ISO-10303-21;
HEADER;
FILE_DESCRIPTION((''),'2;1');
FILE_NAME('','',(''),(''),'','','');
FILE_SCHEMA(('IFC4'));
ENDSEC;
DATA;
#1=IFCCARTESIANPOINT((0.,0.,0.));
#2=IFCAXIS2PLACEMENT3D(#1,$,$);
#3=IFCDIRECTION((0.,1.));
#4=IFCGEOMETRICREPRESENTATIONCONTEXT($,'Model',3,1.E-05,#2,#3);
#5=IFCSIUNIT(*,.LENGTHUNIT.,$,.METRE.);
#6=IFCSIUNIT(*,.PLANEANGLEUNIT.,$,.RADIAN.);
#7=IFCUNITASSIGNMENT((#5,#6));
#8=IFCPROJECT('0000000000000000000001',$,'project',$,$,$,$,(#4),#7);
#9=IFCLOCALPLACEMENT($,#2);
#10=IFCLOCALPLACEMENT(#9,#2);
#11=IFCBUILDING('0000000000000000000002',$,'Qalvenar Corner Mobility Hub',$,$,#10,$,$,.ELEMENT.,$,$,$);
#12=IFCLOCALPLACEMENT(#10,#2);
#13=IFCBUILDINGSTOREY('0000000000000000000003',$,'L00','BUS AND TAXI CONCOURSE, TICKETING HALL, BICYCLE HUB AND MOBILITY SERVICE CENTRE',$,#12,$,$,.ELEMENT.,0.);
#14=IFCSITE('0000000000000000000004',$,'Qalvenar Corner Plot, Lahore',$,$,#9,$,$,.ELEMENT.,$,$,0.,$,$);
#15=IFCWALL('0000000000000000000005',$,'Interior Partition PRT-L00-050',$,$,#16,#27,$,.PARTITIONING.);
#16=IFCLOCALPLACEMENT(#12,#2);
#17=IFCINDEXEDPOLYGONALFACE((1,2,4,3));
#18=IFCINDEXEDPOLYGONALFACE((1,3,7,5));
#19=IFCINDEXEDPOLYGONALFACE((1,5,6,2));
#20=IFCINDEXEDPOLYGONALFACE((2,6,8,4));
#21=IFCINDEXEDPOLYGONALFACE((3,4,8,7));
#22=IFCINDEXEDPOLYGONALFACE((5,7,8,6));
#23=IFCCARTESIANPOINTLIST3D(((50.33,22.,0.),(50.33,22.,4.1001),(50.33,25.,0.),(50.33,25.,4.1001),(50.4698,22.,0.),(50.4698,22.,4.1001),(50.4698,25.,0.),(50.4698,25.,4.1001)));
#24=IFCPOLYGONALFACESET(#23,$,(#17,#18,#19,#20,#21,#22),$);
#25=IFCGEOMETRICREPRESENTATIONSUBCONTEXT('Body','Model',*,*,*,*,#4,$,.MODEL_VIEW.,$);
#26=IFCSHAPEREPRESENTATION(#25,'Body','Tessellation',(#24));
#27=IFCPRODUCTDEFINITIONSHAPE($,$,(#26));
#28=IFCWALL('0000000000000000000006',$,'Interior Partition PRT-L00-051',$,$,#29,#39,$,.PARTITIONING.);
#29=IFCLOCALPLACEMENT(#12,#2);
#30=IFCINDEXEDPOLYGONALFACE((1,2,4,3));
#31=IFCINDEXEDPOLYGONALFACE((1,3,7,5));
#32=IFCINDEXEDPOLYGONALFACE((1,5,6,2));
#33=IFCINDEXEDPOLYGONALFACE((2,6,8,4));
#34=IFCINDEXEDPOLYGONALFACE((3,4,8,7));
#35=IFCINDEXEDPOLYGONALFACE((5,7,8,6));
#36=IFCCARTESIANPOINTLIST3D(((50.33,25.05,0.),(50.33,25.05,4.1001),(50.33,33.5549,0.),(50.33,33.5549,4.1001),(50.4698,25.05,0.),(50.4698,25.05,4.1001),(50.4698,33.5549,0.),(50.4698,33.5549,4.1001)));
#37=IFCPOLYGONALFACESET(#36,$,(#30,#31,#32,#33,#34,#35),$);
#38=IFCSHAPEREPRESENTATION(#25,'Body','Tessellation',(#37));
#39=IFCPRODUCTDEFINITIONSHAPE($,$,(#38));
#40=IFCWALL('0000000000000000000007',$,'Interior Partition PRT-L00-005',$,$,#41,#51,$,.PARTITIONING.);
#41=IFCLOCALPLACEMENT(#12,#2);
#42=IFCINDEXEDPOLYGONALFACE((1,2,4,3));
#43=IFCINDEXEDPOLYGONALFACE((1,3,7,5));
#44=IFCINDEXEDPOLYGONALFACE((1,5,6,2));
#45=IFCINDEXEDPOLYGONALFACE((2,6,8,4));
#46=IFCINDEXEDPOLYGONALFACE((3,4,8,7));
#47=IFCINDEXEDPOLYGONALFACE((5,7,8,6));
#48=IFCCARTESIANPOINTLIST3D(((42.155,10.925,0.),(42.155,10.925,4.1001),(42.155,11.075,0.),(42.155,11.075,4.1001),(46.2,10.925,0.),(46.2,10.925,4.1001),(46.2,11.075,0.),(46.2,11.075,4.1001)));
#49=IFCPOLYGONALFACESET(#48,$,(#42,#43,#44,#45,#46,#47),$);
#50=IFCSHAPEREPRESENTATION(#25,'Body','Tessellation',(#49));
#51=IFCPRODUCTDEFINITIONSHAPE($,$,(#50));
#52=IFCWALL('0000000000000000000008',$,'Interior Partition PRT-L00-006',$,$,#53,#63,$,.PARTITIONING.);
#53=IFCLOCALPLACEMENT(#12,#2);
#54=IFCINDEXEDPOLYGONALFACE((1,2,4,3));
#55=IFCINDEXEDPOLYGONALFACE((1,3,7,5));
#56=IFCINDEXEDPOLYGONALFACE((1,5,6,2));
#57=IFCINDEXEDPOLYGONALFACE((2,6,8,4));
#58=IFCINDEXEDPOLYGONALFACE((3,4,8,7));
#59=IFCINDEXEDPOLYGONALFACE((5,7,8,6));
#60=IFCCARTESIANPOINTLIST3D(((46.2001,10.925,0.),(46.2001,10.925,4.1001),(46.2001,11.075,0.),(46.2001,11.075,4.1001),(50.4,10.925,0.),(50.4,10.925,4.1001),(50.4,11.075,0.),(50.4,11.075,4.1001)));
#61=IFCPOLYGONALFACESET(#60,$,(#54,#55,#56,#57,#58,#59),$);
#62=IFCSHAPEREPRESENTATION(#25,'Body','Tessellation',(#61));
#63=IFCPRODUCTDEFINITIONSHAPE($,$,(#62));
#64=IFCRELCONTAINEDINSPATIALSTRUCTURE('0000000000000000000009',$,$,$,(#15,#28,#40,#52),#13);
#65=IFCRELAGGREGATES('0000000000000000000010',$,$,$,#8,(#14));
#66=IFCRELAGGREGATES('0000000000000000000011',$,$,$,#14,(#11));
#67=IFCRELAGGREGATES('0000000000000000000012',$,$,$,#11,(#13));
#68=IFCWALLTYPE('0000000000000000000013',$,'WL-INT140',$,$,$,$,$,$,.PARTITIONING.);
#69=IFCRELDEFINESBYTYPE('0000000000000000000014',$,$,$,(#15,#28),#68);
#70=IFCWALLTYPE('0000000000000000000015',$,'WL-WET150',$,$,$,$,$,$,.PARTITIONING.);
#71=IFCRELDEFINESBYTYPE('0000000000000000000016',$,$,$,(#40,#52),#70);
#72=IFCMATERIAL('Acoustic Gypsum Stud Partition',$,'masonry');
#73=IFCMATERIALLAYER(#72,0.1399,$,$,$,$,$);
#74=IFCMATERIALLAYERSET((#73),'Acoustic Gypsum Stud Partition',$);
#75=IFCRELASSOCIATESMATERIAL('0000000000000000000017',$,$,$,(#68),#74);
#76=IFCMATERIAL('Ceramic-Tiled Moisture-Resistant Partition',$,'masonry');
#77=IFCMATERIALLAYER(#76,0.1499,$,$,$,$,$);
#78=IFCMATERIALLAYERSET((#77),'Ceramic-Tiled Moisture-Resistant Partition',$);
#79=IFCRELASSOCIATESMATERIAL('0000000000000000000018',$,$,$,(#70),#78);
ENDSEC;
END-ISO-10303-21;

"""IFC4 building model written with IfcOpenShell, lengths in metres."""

from ifc_helpers import new_model, si_unit, direction, frame, frame_2d, origin, place, context, subcontext, project, spatial, rectangle, extrude, material, layer, layer_set, type_object, element, save


model = new_model("IFC4")

# Units and contexts
model_context = context("Model", 3, precision=1e-05, world=origin(), true_north=direction((0.0, 1.0)))
body_context = subcontext(model_context, "Body", "Model", "MODEL_VIEW")
ifc_project = project(units=[si_unit("LENGTHUNIT", "METRE"), si_unit("PLANEANGLEUNIT", "RADIAN")], contexts=[model_context])

# Site, building, storey
site_placement = place(None, origin())
site = spatial("IfcSite", under=ifc_project, at=site_placement, Name="Qalvenar Corner Plot, Lahore", CompositionType="ELEMENT", RefElevation=0.0)
building_placement = place(site_placement, origin())
building = spatial("IfcBuilding", under=site, at=building_placement, Name="Qalvenar Corner Mobility Hub", CompositionType="ELEMENT")
storey_placement = place(building_placement, origin())
storey = spatial("IfcBuildingStorey", under=building, at=storey_placement, Name="L00", Description="BUS AND TAXI CONCOURSE, TICKETING HALL, BICYCLE HUB AND MOBILITY SERVICE CENTRE", CompositionType="ELEMENT", Elevation=0.0)

# Shared definitions
ifc_material_1 = material(Name="Acoustic Gypsum Stud Partition", Category="masonry")
ifc_layer_1 = layer(ifc_material_1, 0.1399)
ifc_layer_set_1 = layer_set([ifc_layer_1], Name="Acoustic Gypsum Stud Partition")
wall_type_1 = type_object("IfcWallType", Name="WL-INT140", PredefinedType="PARTITIONING", material=ifc_layer_set_1)

# Walls
wall_1_placement = place(storey_placement, frame((50.3999, 22.0, 0.0), z_axis=(0.0, 0.0, 1.0), x_axis=(0.0, 1.0, 0.0)))
element("IfcWall", 1, at=wall_1_placement, inside=storey, type_object=wall_type_1, Name="Interior Partition PRT-L00-050", PredefinedType="PARTITIONING", context=body_context, shape_type="SweptSolid", body=[
    extrude(rectangle(XDim=3.0, YDim=0.1399, at=frame_2d((1.5, 0.0))), origin(), (0.0, 0.0, 1.0), 4.1001),
])
wall_2_placement = place(storey_placement, frame((50.3999, 25.05, 0.0), z_axis=(0.0, 0.0, 1.0), x_axis=(0.0, 1.0, 0.0)))
element("IfcWall", 2, at=wall_2_placement, inside=storey, type_object=wall_type_1, Name="Interior Partition PRT-L00-051", PredefinedType="PARTITIONING", context=body_context, shape_type="SweptSolid", body=[
    extrude(rectangle(XDim=8.5049, YDim=0.1399, at=frame_2d((4.2524, 0.0))), origin(), (0.0, 0.0, 1.0), 4.1001),
])
ifc_material_2 = material(Name="Ceramic-Tiled Moisture-Resistant Partition", Category="masonry")
ifc_layer_2 = layer(ifc_material_2, 0.1499)
ifc_layer_set_2 = layer_set([ifc_layer_2], Name="Ceramic-Tiled Moisture-Resistant Partition")
wall_type_2 = type_object("IfcWallType", Name="WL-WET150", PredefinedType="PARTITIONING", material=ifc_layer_set_2)
wall_3_placement = place(storey_placement, frame((42.155, 11.0, 0.0), z_axis=(0.0, 0.0, 1.0), x_axis=(1.0, 0.0, 0.0)))
element("IfcWall", 3, at=wall_3_placement, inside=storey, type_object=wall_type_2, Name="Interior Partition PRT-L00-005", PredefinedType="PARTITIONING", context=body_context, shape_type="SweptSolid", body=[
    extrude(rectangle(XDim=4.0449, YDim=0.1499, at=frame_2d((2.0225, 0.0))), origin(), (0.0, 0.0, 1.0), 4.1001),
])
wall_4_placement = place(storey_placement, frame((46.2, 11.0, 0.0), z_axis=(0.0, 0.0, 1.0), x_axis=(1.0, 0.0, 0.0)))
element("IfcWall", 4, at=wall_4_placement, inside=storey, type_object=wall_type_2, Name="Interior Partition PRT-L00-006", PredefinedType="PARTITIONING", context=body_context, shape_type="SweptSolid", body=[
    extrude(rectangle(XDim=4.2, YDim=0.1499, at=frame_2d((2.1001, 0.0))), origin(), (0.0, 0.0, 1.0), 4.1001),
])

save(model, "model.ifc")
